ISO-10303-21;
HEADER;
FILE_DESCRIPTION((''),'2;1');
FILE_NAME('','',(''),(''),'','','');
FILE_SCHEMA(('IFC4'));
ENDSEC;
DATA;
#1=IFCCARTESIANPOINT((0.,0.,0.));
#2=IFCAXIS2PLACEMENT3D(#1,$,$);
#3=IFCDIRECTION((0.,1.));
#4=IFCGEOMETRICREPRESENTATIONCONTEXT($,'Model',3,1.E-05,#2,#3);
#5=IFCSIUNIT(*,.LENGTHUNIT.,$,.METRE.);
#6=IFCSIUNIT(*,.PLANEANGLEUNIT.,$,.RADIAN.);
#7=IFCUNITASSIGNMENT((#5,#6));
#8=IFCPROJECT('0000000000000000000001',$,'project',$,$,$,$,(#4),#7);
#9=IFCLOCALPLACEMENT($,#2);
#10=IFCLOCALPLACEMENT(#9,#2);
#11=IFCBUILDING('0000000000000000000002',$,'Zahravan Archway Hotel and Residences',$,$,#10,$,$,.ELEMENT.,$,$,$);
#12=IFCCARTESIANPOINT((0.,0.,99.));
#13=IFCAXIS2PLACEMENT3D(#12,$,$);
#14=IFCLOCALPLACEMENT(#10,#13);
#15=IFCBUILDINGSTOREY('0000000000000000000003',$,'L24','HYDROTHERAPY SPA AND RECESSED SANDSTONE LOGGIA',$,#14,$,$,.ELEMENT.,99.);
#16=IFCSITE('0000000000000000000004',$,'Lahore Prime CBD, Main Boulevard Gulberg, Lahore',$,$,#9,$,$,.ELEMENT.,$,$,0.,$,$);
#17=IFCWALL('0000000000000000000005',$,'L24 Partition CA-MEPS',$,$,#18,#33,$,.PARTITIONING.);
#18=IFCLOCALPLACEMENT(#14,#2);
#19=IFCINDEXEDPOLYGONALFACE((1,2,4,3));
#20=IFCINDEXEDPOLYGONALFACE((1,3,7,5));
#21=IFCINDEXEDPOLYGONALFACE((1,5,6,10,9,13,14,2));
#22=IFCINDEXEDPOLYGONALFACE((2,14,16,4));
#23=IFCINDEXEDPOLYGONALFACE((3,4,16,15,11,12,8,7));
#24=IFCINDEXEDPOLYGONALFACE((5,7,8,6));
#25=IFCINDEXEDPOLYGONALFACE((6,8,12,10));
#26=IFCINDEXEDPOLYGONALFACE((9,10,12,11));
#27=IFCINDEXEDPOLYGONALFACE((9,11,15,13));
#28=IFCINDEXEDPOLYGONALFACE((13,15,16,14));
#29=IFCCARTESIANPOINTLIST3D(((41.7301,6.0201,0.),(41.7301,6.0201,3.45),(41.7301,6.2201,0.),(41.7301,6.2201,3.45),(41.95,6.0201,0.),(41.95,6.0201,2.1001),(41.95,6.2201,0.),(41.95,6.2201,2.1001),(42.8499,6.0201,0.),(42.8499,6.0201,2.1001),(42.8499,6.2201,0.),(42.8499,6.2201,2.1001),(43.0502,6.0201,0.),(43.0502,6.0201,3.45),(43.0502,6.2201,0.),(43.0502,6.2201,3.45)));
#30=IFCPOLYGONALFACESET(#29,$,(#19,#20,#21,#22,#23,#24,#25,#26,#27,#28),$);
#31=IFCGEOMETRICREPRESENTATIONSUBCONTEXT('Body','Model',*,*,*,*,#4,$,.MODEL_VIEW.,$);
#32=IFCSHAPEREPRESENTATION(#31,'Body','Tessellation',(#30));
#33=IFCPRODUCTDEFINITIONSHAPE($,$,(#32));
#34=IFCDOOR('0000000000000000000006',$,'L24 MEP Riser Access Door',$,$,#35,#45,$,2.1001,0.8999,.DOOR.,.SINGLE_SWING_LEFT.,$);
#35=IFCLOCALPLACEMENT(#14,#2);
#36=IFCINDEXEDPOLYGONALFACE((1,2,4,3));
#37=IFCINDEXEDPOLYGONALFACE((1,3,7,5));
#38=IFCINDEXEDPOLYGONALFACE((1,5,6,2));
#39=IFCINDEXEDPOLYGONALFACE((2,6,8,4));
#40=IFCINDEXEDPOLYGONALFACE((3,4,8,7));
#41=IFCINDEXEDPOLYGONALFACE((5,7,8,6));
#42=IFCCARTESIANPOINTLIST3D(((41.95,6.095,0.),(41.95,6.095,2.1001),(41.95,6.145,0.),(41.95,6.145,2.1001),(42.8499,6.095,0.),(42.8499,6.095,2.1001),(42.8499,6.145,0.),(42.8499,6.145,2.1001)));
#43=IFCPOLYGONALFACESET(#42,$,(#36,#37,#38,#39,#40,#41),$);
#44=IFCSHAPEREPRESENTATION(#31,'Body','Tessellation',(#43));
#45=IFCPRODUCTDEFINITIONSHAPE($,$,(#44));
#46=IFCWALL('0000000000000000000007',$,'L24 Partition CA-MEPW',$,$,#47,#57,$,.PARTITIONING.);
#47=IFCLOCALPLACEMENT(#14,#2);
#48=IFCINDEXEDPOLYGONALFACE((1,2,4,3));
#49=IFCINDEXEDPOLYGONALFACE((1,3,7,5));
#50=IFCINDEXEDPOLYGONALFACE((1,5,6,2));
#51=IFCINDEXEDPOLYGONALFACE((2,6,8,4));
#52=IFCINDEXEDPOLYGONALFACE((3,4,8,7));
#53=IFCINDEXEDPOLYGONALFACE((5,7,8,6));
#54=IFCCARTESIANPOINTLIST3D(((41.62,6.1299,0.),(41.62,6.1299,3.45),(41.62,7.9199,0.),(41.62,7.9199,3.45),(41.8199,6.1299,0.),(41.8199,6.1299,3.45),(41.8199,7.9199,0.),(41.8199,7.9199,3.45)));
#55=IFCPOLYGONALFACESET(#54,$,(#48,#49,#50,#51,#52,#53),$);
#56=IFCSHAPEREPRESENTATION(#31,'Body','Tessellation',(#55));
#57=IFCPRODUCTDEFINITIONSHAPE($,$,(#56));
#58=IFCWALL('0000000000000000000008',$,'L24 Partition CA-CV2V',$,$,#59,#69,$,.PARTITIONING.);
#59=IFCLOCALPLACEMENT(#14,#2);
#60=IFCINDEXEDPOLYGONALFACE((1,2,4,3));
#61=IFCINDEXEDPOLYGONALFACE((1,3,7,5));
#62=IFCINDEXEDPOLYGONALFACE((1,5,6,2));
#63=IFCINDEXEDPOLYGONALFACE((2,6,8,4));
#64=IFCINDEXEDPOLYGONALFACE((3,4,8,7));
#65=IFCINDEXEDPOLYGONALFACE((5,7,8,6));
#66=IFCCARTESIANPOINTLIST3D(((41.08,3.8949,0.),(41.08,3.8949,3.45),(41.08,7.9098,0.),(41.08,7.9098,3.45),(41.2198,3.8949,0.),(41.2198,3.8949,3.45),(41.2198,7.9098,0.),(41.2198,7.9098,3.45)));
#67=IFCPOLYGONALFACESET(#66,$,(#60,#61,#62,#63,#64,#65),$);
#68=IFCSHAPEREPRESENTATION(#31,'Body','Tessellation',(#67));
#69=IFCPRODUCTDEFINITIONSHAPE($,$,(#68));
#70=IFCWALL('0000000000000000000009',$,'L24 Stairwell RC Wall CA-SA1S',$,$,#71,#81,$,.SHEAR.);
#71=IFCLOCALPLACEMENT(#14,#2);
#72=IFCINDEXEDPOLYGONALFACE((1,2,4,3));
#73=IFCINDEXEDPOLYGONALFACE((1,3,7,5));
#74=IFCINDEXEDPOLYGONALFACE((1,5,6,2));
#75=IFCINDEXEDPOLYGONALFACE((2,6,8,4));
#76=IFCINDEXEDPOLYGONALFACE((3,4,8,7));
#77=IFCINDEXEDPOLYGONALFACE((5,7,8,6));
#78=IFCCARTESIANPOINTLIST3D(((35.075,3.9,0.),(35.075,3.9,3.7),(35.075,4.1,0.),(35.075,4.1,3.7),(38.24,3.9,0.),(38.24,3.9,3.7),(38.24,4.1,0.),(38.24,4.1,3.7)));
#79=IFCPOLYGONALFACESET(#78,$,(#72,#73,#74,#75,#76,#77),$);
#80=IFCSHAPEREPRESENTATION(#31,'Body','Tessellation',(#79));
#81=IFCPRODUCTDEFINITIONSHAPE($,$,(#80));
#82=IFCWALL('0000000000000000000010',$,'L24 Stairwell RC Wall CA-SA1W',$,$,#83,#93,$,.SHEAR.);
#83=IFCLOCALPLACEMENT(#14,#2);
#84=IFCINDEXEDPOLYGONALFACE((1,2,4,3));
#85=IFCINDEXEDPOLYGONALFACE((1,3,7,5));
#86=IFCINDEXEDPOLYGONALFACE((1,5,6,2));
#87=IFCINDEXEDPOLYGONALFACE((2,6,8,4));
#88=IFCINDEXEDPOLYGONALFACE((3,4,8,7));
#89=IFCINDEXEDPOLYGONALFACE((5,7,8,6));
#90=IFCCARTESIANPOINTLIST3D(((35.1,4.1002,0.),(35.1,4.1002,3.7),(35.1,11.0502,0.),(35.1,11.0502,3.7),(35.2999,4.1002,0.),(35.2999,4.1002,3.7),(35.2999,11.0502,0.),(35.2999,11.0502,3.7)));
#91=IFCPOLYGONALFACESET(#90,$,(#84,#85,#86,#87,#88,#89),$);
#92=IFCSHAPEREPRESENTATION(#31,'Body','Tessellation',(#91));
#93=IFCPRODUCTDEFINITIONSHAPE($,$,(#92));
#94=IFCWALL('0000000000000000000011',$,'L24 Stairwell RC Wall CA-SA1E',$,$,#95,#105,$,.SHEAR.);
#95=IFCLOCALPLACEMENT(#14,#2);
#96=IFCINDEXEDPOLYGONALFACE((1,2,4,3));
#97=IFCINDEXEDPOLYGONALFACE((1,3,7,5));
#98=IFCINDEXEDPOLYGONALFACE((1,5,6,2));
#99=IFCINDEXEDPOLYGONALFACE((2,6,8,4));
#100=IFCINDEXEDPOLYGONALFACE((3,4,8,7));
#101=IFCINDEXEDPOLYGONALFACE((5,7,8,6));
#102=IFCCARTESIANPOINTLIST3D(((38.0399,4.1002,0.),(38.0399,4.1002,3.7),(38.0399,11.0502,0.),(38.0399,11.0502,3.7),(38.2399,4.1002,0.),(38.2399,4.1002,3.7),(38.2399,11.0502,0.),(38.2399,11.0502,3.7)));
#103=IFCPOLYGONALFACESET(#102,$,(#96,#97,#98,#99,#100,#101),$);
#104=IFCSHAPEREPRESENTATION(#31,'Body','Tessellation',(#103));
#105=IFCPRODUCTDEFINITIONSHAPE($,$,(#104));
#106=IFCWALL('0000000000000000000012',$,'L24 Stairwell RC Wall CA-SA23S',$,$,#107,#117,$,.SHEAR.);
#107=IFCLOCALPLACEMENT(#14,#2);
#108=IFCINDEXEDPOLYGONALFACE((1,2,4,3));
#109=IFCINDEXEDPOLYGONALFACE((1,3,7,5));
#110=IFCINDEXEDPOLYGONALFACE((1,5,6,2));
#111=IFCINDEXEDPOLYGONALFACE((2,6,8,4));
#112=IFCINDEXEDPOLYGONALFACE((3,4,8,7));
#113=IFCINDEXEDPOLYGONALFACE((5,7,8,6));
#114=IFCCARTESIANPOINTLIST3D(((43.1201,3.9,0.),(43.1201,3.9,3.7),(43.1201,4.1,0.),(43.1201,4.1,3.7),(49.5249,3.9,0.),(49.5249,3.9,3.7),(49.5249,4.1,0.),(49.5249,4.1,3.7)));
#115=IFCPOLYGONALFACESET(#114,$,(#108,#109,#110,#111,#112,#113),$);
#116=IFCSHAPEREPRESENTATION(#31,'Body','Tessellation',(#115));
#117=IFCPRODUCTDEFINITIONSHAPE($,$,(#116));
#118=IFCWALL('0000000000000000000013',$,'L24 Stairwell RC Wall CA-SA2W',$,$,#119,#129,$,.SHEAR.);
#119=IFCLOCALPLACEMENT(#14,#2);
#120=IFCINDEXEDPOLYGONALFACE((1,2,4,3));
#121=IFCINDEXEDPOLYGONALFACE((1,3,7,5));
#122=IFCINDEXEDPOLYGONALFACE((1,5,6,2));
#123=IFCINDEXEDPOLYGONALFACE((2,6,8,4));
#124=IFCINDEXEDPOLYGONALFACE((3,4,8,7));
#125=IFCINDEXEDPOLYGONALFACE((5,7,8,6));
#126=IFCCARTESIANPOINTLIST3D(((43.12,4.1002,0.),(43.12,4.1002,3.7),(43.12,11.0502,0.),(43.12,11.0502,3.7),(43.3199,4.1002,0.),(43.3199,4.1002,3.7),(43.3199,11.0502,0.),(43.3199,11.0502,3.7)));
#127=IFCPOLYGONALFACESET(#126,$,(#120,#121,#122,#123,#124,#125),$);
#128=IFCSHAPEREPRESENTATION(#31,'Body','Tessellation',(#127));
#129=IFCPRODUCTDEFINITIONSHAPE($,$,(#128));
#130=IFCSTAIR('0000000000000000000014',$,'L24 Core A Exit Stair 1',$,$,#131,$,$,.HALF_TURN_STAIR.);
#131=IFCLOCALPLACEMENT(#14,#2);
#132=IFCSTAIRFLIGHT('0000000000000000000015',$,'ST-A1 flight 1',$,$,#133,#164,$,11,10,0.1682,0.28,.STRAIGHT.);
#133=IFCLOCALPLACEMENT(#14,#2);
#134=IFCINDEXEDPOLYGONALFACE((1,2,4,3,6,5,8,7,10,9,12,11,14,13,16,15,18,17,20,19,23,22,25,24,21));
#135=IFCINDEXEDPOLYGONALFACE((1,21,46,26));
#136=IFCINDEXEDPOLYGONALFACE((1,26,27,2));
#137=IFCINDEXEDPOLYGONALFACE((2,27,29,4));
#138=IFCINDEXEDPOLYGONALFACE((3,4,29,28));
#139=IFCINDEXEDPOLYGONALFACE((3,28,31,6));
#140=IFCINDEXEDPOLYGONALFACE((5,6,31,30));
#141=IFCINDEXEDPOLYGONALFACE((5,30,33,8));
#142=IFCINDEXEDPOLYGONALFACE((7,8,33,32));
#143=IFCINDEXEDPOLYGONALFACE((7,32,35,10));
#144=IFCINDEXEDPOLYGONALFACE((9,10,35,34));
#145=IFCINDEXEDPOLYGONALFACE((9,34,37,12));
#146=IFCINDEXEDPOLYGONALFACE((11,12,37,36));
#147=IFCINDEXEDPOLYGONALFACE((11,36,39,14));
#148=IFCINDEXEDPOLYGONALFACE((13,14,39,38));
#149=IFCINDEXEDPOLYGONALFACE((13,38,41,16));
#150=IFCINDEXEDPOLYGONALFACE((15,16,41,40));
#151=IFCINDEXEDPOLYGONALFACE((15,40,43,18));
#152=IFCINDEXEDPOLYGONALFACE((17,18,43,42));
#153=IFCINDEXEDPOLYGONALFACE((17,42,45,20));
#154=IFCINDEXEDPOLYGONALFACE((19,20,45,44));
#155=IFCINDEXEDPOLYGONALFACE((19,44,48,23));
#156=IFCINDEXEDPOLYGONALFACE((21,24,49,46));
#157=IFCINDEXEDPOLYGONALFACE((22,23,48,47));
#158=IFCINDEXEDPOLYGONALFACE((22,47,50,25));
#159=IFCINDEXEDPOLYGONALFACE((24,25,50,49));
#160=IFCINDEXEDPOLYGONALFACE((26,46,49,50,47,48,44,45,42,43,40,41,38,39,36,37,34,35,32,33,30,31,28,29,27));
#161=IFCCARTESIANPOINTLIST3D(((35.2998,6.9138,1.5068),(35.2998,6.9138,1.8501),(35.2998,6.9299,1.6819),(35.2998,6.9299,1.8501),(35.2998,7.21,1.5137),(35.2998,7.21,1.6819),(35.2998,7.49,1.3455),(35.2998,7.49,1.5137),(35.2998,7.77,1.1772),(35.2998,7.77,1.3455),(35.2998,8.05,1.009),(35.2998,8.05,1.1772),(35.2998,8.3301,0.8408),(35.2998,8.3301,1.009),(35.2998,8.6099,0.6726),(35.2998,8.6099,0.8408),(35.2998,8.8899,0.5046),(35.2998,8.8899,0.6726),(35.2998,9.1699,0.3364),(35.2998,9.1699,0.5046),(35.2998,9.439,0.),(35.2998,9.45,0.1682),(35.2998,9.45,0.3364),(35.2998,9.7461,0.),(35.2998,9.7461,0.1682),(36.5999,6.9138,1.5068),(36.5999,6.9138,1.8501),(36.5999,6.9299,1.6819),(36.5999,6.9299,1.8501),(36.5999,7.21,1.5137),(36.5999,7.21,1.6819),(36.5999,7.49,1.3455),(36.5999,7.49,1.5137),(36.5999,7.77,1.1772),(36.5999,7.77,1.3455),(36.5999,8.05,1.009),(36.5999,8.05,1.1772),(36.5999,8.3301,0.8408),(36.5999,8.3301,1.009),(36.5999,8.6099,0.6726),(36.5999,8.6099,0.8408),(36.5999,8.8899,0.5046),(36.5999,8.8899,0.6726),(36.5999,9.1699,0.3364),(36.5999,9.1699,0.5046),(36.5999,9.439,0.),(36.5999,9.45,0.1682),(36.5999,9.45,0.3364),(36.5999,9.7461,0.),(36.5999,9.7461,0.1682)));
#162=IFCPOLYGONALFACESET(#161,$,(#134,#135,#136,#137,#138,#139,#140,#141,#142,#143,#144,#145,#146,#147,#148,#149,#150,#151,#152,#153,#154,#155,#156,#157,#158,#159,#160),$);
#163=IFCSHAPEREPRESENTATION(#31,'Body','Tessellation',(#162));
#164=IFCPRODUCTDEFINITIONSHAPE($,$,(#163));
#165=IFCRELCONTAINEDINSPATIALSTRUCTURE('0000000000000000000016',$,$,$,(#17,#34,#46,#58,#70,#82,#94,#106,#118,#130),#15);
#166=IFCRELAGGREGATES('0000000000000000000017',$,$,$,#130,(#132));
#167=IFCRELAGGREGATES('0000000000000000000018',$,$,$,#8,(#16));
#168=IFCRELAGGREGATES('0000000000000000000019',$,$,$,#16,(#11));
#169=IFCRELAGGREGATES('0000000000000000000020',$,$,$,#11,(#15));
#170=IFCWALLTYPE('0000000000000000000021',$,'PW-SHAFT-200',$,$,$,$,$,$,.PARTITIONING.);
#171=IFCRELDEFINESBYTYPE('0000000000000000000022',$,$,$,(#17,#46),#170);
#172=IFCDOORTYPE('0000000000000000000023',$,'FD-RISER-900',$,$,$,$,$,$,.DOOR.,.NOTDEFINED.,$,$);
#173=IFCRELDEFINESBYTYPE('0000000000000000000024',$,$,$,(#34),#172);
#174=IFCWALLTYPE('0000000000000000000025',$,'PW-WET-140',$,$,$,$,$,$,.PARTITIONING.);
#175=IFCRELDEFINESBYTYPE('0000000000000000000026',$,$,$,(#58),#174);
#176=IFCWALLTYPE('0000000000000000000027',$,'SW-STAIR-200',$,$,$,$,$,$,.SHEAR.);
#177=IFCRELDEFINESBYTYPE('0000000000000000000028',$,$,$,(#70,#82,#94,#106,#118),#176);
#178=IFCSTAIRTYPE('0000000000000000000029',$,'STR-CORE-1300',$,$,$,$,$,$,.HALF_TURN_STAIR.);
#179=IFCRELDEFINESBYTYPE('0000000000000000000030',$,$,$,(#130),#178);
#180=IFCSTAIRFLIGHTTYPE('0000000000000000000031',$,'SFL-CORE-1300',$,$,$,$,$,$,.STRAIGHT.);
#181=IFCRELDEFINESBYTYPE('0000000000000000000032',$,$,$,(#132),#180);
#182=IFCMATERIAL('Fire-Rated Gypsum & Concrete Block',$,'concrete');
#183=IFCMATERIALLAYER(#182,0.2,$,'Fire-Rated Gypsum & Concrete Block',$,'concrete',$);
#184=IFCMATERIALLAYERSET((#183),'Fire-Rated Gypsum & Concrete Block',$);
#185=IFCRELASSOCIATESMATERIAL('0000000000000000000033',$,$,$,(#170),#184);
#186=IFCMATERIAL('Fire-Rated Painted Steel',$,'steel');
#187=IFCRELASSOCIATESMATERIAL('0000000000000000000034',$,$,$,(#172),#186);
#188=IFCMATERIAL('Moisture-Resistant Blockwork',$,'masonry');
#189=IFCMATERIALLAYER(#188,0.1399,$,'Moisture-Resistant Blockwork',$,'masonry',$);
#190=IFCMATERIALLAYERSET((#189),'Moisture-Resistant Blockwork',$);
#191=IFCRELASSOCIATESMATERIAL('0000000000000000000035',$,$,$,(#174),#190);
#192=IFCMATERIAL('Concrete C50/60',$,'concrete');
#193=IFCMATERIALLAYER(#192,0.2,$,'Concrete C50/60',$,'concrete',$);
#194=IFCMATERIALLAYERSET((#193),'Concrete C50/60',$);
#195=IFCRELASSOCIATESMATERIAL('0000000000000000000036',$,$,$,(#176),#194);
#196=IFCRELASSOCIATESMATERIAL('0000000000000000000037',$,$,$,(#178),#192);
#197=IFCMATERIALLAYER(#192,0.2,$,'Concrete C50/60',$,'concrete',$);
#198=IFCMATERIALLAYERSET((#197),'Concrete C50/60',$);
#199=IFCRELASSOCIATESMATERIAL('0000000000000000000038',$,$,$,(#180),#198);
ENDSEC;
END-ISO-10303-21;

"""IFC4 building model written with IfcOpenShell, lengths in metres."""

from ifc_helpers import new_model, si_unit, direction, frame, frame_2d, origin, place, context, subcontext, project, spatial, polyline, rectangle, outline, extrude, source, transform, mapped, material, layer, layer_set, type_object, type_shapes, element, fill, aggregate, save


model = new_model("IFC4")

# Units and contexts
model_context = context("Model", 3, precision=1e-05, world=origin(), true_north=direction((0.0, 1.0)))
body_context = subcontext(model_context, "Body", "Model", "MODEL_VIEW")
ifc_project = project(units=[si_unit("LENGTHUNIT", "METRE"), si_unit("PLANEANGLEUNIT", "RADIAN")], contexts=[model_context])

# Site, building, storey
site_placement = place(None, origin())
site = spatial("IfcSite", under=ifc_project, at=site_placement, Name="Lahore Prime CBD, Main Boulevard Gulberg, Lahore", CompositionType="ELEMENT", RefElevation=0.0)
building_placement = place(site_placement, origin())
building = spatial("IfcBuilding", under=site, at=building_placement, Name="Zahravan Archway Hotel and Residences", CompositionType="ELEMENT")
storey_placement = place(building_placement, frame((0.0, 0.0, 99.0)))
storey = spatial("IfcBuildingStorey", under=building, at=storey_placement, Name="L24", Description="HYDROTHERAPY SPA AND RECESSED SANDSTONE LOGGIA", CompositionType="ELEMENT", Elevation=99.0)

# Shared definitions
ifc_material_1 = material(Name="Fire-Rated Gypsum & Concrete Block", Category="concrete")
ifc_layer_1 = layer(ifc_material_1, 0.2, Name="Fire-Rated Gypsum & Concrete Block", Category="concrete")
ifc_layer_set_1 = layer_set([ifc_layer_1], Name="Fire-Rated Gypsum & Concrete Block")
wall_type_1 = type_object("IfcWallType", Name="PW-SHAFT-200", PredefinedType="PARTITIONING", material=ifc_layer_set_1)

# Shared definitions
ifc_material_2 = material(Name="Fire-Rated Painted Steel", Category="steel")
door_type = type_object("IfcDoorType", Name="FD-RISER-900", OperationType="NOTDEFINED", PredefinedType="DOOR", material=ifc_material_2)
shared_shape_1 = source(origin(), body_context, "Body", "SweptSolid", [
    extrude(rectangle(XDim=0.8999, YDim=2.1001, at=frame_2d((0.45, 1.05))), frame((0.0, 0.0249, 0.0), z_axis=(0.0, -1.0, 0.0), x_axis=(1.0, 0.0, 0.0)), (0.0, 0.0, 1.0), 0.05),
])
type_shapes(door_type, [shared_shape_1])

# Wall, opening, door
wall_1_placement = place(storey_placement, frame((41.73, 6.1201, 0.0), z_axis=(0.0, 0.0, 1.0), x_axis=(1.0, 0.0, 0.0)))
wall_1 = element("IfcWall", 1, at=wall_1_placement, inside=storey, type_object=wall_type_1, Name="L24 Partition CA-MEPS", PredefinedType="PARTITIONING", context=body_context, shape_type="SweptSolid", body=[
    extrude(rectangle(XDim=1.3201, YDim=0.2, at=frame_2d((0.6602, 0.0))), origin(), (0.0, 0.0, 1.0), 3.45),
])
opening_1_placement = place(wall_1_placement, frame((0.22, 0.0, 0.0)))
opening_1 = element("IfcOpeningElement", 2, at=opening_1_placement, cuts=wall_1, PredefinedType="OPENING", context=body_context, shape_type="SweptSolid", body=[
    extrude(rectangle(XDim=0.8999, YDim=2.1001, at=frame_2d((0.45, 1.05))), frame((0.0, 0.1099, 0.0), z_axis=(0.0, -1.0, 0.0), x_axis=(1.0, 0.0, 0.0)), (0.0, 0.0, 1.0), 0.22),
])
door_1_placement = place(opening_1_placement, origin())
door_1 = element("IfcDoor", 3, at=door_1_placement, inside=storey, type_object=door_type, Name="L24 MEP Riser Access Door", OperationType="SINGLE_SWING_LEFT", OverallHeight=2.1001, OverallWidth=0.8999, PredefinedType="DOOR", context=body_context, shape_type="MappedRepresentation", body=[
    mapped(shared_shape_1, transform((0.0, 0.0, 0.0), scale=1.0)),
])
fill(opening_1, door_1)

# Walls
wall_2_placement = place(storey_placement, frame((41.72, 6.1299, 0.0), z_axis=(0.0, 0.0, 1.0), x_axis=(0.0, 1.0, 0.0)))
element("IfcWall", 4, at=wall_2_placement, inside=storey, type_object=wall_type_1, Name="L24 Partition CA-MEPW", PredefinedType="PARTITIONING", context=body_context, shape_type="SweptSolid", body=[
    extrude(rectangle(XDim=1.79, YDim=0.2, at=frame_2d((0.895, 0.0))), origin(), (0.0, 0.0, 1.0), 3.45),
])
ifc_material_3 = material(Name="Moisture-Resistant Blockwork", Category="masonry")
ifc_layer_2 = layer(ifc_material_3, 0.1399, Name="Moisture-Resistant Blockwork", Category="masonry")
ifc_layer_set_2 = layer_set([ifc_layer_2], Name="Moisture-Resistant Blockwork")
wall_type_2 = type_object("IfcWallType", Name="PW-WET-140", PredefinedType="PARTITIONING", material=ifc_layer_set_2)
wall_3_placement = place(storey_placement, frame((41.1499, 3.895, 0.0), z_axis=(0.0, 0.0, 1.0), x_axis=(0.0, 1.0, 0.0)))
element("IfcWall", 5, at=wall_3_placement, inside=storey, type_object=wall_type_2, Name="L24 Partition CA-CV2V", PredefinedType="PARTITIONING", context=body_context, shape_type="SweptSolid", body=[
    extrude(rectangle(XDim=4.0149, YDim=0.1399, at=frame_2d((2.0073, 0.0))), origin(), (0.0, 0.0, 1.0), 3.45),
])
ifc_material_4 = material(Name="Concrete C50/60", Category="concrete")
ifc_layer_3 = layer(ifc_material_4, 0.2, Name="Concrete C50/60", Category="concrete")
ifc_layer_set_3 = layer_set([ifc_layer_3], Name="Concrete C50/60")
wall_type_3 = type_object("IfcWallType", Name="SW-STAIR-200", PredefinedType="SHEAR", material=ifc_layer_set_3)
wall_4_placement = place(storey_placement, frame((35.075, 4.0, 0.0), z_axis=(0.0, 0.0, 1.0), x_axis=(1.0, 0.0, 0.0)))
element("IfcWall", 6, at=wall_4_placement, inside=storey, type_object=wall_type_3, Name="L24 Stairwell RC Wall CA-SA1S", PredefinedType="SHEAR", context=body_context, shape_type="SweptSolid", body=[
    extrude(rectangle(XDim=3.165, YDim=0.2, at=frame_2d((1.5825, 0.0))), origin(), (0.0, 0.0, 1.0), 3.7),
])
for number, where, z_axis, x_axis, name in (
    (7, (35.2, 4.1001, 0.0), (0.0, 0.0, 1.0), (0.0, 1.0, 0.0), "L24 Stairwell RC Wall CA-SA1W"),
    (8, (38.1399, 4.1001, 0.0), (0.0, 0.0, 1.0), (0.0, 1.0, 0.0), "L24 Stairwell RC Wall CA-SA1E"),
):
    element("IfcWall", number, at=place(storey_placement, frame(where, z_axis=z_axis, x_axis=x_axis)), inside=storey, type_object=wall_type_3, Name=name, PredefinedType="SHEAR", context=body_context, shape_type="SweptSolid", body=[
        extrude(rectangle(XDim=6.95, YDim=0.2, at=frame_2d((3.4751, 0.0))), origin(), (0.0, 0.0, 1.0), 3.7),
    ])
wall_5_placement = place(storey_placement, frame((43.1201, 4.0, 0.0), z_axis=(0.0, 0.0, 1.0), x_axis=(1.0, 0.0, 0.0)))
element("IfcWall", 9, at=wall_5_placement, inside=storey, type_object=wall_type_3, Name="L24 Stairwell RC Wall CA-SA23S", PredefinedType="SHEAR", context=body_context, shape_type="SweptSolid", body=[
    extrude(rectangle(XDim=6.4048, YDim=0.2, at=frame_2d((3.2024, 0.0))), origin(), (0.0, 0.0, 1.0), 3.7),
])
wall_6_placement = place(storey_placement, frame((43.22, 4.1001, 0.0), z_axis=(0.0, 0.0, 1.0), x_axis=(0.0, 1.0, 0.0)))
element("IfcWall", 10, at=wall_6_placement, inside=storey, type_object=wall_type_3, Name="L24 Stairwell RC Wall CA-SA2W", PredefinedType="SHEAR", context=body_context, shape_type="SweptSolid", body=[
    extrude(rectangle(XDim=6.95, YDim=0.2, at=frame_2d((3.4751, 0.0))), origin(), (0.0, 0.0, 1.0), 3.7),
])

# Stair, stair flight
stair_type = type_object("IfcStairType", Name="STR-CORE-1300", PredefinedType="HALF_TURN_STAIR", material=ifc_material_4)
stair_1_placement = place(storey_placement, origin())
stair_1 = element("IfcStair", 11, at=stair_1_placement, inside=storey, type_object=stair_type, Name="L24 Core A Exit Stair 1", PredefinedType="HALF_TURN_STAIR")
ifc_layer_4 = layer(ifc_material_4, 0.2, Name="Concrete C50/60", Category="concrete")
ifc_layer_set_4 = layer_set([ifc_layer_4], Name="Concrete C50/60")
stair_flight_type = type_object("IfcStairFlightType", Name="SFL-CORE-1300", PredefinedType="STRAIGHT", material=ifc_layer_set_4)
shared_shape_2 = source(origin(), body_context, "Body", "SweptSolid", [
    extrude(outline(polyline([(-0.0161, 0.0), (-0.0161, 0.1682), (0.28, 0.1682), (0.28, 0.3364), (0.5601, 0.3364), (0.5601, 0.5046), (0.8401, 0.5046), (0.8401, 0.6726), (1.1201, 0.6726), (1.1201, 0.8408), (1.3999, 0.8408), (1.3999, 1.009), (1.6799, 1.009), (1.6799, 1.1772), (1.96, 1.1772), (1.96, 1.3455), (2.24, 1.3455), (2.24, 1.5137), (2.52, 1.5137), (2.52, 1.6819), (2.8, 1.6819), (2.8, 1.8501), (2.8162, 1.8501), (2.8162, 1.5068), (0.291, 0.0), (-0.0161, 0.0)])), frame((0.0, 0.6499, 0.0), z_axis=(0.0, -1.0, 0.0), x_axis=(1.0, 0.0, 0.0)), (0.0, 0.0, 1.0), 1.3),
])
stair_flight_1_placement = place(storey_placement, frame((35.95, 9.73, 0.0), z_axis=(0.0, 0.0, 1.0), x_axis=(0.0, -1.0, 0.0)))
stair_flight_1 = element("IfcStairFlight", 12, at=stair_flight_1_placement, type_object=stair_flight_type, Name="ST-A1 flight 1", NumberOfRisers=11, NumberOfTreads=10, PredefinedType="STRAIGHT", RiserHeight=0.1682, TreadLength=0.28, context=body_context, shape_type="MappedRepresentation", body=[
    mapped(shared_shape_2, transform((0.0, 0.0, 0.0), scale=1.0)),
])
aggregate(stair_1, [stair_flight_1])

save(model, "model.ifc")
